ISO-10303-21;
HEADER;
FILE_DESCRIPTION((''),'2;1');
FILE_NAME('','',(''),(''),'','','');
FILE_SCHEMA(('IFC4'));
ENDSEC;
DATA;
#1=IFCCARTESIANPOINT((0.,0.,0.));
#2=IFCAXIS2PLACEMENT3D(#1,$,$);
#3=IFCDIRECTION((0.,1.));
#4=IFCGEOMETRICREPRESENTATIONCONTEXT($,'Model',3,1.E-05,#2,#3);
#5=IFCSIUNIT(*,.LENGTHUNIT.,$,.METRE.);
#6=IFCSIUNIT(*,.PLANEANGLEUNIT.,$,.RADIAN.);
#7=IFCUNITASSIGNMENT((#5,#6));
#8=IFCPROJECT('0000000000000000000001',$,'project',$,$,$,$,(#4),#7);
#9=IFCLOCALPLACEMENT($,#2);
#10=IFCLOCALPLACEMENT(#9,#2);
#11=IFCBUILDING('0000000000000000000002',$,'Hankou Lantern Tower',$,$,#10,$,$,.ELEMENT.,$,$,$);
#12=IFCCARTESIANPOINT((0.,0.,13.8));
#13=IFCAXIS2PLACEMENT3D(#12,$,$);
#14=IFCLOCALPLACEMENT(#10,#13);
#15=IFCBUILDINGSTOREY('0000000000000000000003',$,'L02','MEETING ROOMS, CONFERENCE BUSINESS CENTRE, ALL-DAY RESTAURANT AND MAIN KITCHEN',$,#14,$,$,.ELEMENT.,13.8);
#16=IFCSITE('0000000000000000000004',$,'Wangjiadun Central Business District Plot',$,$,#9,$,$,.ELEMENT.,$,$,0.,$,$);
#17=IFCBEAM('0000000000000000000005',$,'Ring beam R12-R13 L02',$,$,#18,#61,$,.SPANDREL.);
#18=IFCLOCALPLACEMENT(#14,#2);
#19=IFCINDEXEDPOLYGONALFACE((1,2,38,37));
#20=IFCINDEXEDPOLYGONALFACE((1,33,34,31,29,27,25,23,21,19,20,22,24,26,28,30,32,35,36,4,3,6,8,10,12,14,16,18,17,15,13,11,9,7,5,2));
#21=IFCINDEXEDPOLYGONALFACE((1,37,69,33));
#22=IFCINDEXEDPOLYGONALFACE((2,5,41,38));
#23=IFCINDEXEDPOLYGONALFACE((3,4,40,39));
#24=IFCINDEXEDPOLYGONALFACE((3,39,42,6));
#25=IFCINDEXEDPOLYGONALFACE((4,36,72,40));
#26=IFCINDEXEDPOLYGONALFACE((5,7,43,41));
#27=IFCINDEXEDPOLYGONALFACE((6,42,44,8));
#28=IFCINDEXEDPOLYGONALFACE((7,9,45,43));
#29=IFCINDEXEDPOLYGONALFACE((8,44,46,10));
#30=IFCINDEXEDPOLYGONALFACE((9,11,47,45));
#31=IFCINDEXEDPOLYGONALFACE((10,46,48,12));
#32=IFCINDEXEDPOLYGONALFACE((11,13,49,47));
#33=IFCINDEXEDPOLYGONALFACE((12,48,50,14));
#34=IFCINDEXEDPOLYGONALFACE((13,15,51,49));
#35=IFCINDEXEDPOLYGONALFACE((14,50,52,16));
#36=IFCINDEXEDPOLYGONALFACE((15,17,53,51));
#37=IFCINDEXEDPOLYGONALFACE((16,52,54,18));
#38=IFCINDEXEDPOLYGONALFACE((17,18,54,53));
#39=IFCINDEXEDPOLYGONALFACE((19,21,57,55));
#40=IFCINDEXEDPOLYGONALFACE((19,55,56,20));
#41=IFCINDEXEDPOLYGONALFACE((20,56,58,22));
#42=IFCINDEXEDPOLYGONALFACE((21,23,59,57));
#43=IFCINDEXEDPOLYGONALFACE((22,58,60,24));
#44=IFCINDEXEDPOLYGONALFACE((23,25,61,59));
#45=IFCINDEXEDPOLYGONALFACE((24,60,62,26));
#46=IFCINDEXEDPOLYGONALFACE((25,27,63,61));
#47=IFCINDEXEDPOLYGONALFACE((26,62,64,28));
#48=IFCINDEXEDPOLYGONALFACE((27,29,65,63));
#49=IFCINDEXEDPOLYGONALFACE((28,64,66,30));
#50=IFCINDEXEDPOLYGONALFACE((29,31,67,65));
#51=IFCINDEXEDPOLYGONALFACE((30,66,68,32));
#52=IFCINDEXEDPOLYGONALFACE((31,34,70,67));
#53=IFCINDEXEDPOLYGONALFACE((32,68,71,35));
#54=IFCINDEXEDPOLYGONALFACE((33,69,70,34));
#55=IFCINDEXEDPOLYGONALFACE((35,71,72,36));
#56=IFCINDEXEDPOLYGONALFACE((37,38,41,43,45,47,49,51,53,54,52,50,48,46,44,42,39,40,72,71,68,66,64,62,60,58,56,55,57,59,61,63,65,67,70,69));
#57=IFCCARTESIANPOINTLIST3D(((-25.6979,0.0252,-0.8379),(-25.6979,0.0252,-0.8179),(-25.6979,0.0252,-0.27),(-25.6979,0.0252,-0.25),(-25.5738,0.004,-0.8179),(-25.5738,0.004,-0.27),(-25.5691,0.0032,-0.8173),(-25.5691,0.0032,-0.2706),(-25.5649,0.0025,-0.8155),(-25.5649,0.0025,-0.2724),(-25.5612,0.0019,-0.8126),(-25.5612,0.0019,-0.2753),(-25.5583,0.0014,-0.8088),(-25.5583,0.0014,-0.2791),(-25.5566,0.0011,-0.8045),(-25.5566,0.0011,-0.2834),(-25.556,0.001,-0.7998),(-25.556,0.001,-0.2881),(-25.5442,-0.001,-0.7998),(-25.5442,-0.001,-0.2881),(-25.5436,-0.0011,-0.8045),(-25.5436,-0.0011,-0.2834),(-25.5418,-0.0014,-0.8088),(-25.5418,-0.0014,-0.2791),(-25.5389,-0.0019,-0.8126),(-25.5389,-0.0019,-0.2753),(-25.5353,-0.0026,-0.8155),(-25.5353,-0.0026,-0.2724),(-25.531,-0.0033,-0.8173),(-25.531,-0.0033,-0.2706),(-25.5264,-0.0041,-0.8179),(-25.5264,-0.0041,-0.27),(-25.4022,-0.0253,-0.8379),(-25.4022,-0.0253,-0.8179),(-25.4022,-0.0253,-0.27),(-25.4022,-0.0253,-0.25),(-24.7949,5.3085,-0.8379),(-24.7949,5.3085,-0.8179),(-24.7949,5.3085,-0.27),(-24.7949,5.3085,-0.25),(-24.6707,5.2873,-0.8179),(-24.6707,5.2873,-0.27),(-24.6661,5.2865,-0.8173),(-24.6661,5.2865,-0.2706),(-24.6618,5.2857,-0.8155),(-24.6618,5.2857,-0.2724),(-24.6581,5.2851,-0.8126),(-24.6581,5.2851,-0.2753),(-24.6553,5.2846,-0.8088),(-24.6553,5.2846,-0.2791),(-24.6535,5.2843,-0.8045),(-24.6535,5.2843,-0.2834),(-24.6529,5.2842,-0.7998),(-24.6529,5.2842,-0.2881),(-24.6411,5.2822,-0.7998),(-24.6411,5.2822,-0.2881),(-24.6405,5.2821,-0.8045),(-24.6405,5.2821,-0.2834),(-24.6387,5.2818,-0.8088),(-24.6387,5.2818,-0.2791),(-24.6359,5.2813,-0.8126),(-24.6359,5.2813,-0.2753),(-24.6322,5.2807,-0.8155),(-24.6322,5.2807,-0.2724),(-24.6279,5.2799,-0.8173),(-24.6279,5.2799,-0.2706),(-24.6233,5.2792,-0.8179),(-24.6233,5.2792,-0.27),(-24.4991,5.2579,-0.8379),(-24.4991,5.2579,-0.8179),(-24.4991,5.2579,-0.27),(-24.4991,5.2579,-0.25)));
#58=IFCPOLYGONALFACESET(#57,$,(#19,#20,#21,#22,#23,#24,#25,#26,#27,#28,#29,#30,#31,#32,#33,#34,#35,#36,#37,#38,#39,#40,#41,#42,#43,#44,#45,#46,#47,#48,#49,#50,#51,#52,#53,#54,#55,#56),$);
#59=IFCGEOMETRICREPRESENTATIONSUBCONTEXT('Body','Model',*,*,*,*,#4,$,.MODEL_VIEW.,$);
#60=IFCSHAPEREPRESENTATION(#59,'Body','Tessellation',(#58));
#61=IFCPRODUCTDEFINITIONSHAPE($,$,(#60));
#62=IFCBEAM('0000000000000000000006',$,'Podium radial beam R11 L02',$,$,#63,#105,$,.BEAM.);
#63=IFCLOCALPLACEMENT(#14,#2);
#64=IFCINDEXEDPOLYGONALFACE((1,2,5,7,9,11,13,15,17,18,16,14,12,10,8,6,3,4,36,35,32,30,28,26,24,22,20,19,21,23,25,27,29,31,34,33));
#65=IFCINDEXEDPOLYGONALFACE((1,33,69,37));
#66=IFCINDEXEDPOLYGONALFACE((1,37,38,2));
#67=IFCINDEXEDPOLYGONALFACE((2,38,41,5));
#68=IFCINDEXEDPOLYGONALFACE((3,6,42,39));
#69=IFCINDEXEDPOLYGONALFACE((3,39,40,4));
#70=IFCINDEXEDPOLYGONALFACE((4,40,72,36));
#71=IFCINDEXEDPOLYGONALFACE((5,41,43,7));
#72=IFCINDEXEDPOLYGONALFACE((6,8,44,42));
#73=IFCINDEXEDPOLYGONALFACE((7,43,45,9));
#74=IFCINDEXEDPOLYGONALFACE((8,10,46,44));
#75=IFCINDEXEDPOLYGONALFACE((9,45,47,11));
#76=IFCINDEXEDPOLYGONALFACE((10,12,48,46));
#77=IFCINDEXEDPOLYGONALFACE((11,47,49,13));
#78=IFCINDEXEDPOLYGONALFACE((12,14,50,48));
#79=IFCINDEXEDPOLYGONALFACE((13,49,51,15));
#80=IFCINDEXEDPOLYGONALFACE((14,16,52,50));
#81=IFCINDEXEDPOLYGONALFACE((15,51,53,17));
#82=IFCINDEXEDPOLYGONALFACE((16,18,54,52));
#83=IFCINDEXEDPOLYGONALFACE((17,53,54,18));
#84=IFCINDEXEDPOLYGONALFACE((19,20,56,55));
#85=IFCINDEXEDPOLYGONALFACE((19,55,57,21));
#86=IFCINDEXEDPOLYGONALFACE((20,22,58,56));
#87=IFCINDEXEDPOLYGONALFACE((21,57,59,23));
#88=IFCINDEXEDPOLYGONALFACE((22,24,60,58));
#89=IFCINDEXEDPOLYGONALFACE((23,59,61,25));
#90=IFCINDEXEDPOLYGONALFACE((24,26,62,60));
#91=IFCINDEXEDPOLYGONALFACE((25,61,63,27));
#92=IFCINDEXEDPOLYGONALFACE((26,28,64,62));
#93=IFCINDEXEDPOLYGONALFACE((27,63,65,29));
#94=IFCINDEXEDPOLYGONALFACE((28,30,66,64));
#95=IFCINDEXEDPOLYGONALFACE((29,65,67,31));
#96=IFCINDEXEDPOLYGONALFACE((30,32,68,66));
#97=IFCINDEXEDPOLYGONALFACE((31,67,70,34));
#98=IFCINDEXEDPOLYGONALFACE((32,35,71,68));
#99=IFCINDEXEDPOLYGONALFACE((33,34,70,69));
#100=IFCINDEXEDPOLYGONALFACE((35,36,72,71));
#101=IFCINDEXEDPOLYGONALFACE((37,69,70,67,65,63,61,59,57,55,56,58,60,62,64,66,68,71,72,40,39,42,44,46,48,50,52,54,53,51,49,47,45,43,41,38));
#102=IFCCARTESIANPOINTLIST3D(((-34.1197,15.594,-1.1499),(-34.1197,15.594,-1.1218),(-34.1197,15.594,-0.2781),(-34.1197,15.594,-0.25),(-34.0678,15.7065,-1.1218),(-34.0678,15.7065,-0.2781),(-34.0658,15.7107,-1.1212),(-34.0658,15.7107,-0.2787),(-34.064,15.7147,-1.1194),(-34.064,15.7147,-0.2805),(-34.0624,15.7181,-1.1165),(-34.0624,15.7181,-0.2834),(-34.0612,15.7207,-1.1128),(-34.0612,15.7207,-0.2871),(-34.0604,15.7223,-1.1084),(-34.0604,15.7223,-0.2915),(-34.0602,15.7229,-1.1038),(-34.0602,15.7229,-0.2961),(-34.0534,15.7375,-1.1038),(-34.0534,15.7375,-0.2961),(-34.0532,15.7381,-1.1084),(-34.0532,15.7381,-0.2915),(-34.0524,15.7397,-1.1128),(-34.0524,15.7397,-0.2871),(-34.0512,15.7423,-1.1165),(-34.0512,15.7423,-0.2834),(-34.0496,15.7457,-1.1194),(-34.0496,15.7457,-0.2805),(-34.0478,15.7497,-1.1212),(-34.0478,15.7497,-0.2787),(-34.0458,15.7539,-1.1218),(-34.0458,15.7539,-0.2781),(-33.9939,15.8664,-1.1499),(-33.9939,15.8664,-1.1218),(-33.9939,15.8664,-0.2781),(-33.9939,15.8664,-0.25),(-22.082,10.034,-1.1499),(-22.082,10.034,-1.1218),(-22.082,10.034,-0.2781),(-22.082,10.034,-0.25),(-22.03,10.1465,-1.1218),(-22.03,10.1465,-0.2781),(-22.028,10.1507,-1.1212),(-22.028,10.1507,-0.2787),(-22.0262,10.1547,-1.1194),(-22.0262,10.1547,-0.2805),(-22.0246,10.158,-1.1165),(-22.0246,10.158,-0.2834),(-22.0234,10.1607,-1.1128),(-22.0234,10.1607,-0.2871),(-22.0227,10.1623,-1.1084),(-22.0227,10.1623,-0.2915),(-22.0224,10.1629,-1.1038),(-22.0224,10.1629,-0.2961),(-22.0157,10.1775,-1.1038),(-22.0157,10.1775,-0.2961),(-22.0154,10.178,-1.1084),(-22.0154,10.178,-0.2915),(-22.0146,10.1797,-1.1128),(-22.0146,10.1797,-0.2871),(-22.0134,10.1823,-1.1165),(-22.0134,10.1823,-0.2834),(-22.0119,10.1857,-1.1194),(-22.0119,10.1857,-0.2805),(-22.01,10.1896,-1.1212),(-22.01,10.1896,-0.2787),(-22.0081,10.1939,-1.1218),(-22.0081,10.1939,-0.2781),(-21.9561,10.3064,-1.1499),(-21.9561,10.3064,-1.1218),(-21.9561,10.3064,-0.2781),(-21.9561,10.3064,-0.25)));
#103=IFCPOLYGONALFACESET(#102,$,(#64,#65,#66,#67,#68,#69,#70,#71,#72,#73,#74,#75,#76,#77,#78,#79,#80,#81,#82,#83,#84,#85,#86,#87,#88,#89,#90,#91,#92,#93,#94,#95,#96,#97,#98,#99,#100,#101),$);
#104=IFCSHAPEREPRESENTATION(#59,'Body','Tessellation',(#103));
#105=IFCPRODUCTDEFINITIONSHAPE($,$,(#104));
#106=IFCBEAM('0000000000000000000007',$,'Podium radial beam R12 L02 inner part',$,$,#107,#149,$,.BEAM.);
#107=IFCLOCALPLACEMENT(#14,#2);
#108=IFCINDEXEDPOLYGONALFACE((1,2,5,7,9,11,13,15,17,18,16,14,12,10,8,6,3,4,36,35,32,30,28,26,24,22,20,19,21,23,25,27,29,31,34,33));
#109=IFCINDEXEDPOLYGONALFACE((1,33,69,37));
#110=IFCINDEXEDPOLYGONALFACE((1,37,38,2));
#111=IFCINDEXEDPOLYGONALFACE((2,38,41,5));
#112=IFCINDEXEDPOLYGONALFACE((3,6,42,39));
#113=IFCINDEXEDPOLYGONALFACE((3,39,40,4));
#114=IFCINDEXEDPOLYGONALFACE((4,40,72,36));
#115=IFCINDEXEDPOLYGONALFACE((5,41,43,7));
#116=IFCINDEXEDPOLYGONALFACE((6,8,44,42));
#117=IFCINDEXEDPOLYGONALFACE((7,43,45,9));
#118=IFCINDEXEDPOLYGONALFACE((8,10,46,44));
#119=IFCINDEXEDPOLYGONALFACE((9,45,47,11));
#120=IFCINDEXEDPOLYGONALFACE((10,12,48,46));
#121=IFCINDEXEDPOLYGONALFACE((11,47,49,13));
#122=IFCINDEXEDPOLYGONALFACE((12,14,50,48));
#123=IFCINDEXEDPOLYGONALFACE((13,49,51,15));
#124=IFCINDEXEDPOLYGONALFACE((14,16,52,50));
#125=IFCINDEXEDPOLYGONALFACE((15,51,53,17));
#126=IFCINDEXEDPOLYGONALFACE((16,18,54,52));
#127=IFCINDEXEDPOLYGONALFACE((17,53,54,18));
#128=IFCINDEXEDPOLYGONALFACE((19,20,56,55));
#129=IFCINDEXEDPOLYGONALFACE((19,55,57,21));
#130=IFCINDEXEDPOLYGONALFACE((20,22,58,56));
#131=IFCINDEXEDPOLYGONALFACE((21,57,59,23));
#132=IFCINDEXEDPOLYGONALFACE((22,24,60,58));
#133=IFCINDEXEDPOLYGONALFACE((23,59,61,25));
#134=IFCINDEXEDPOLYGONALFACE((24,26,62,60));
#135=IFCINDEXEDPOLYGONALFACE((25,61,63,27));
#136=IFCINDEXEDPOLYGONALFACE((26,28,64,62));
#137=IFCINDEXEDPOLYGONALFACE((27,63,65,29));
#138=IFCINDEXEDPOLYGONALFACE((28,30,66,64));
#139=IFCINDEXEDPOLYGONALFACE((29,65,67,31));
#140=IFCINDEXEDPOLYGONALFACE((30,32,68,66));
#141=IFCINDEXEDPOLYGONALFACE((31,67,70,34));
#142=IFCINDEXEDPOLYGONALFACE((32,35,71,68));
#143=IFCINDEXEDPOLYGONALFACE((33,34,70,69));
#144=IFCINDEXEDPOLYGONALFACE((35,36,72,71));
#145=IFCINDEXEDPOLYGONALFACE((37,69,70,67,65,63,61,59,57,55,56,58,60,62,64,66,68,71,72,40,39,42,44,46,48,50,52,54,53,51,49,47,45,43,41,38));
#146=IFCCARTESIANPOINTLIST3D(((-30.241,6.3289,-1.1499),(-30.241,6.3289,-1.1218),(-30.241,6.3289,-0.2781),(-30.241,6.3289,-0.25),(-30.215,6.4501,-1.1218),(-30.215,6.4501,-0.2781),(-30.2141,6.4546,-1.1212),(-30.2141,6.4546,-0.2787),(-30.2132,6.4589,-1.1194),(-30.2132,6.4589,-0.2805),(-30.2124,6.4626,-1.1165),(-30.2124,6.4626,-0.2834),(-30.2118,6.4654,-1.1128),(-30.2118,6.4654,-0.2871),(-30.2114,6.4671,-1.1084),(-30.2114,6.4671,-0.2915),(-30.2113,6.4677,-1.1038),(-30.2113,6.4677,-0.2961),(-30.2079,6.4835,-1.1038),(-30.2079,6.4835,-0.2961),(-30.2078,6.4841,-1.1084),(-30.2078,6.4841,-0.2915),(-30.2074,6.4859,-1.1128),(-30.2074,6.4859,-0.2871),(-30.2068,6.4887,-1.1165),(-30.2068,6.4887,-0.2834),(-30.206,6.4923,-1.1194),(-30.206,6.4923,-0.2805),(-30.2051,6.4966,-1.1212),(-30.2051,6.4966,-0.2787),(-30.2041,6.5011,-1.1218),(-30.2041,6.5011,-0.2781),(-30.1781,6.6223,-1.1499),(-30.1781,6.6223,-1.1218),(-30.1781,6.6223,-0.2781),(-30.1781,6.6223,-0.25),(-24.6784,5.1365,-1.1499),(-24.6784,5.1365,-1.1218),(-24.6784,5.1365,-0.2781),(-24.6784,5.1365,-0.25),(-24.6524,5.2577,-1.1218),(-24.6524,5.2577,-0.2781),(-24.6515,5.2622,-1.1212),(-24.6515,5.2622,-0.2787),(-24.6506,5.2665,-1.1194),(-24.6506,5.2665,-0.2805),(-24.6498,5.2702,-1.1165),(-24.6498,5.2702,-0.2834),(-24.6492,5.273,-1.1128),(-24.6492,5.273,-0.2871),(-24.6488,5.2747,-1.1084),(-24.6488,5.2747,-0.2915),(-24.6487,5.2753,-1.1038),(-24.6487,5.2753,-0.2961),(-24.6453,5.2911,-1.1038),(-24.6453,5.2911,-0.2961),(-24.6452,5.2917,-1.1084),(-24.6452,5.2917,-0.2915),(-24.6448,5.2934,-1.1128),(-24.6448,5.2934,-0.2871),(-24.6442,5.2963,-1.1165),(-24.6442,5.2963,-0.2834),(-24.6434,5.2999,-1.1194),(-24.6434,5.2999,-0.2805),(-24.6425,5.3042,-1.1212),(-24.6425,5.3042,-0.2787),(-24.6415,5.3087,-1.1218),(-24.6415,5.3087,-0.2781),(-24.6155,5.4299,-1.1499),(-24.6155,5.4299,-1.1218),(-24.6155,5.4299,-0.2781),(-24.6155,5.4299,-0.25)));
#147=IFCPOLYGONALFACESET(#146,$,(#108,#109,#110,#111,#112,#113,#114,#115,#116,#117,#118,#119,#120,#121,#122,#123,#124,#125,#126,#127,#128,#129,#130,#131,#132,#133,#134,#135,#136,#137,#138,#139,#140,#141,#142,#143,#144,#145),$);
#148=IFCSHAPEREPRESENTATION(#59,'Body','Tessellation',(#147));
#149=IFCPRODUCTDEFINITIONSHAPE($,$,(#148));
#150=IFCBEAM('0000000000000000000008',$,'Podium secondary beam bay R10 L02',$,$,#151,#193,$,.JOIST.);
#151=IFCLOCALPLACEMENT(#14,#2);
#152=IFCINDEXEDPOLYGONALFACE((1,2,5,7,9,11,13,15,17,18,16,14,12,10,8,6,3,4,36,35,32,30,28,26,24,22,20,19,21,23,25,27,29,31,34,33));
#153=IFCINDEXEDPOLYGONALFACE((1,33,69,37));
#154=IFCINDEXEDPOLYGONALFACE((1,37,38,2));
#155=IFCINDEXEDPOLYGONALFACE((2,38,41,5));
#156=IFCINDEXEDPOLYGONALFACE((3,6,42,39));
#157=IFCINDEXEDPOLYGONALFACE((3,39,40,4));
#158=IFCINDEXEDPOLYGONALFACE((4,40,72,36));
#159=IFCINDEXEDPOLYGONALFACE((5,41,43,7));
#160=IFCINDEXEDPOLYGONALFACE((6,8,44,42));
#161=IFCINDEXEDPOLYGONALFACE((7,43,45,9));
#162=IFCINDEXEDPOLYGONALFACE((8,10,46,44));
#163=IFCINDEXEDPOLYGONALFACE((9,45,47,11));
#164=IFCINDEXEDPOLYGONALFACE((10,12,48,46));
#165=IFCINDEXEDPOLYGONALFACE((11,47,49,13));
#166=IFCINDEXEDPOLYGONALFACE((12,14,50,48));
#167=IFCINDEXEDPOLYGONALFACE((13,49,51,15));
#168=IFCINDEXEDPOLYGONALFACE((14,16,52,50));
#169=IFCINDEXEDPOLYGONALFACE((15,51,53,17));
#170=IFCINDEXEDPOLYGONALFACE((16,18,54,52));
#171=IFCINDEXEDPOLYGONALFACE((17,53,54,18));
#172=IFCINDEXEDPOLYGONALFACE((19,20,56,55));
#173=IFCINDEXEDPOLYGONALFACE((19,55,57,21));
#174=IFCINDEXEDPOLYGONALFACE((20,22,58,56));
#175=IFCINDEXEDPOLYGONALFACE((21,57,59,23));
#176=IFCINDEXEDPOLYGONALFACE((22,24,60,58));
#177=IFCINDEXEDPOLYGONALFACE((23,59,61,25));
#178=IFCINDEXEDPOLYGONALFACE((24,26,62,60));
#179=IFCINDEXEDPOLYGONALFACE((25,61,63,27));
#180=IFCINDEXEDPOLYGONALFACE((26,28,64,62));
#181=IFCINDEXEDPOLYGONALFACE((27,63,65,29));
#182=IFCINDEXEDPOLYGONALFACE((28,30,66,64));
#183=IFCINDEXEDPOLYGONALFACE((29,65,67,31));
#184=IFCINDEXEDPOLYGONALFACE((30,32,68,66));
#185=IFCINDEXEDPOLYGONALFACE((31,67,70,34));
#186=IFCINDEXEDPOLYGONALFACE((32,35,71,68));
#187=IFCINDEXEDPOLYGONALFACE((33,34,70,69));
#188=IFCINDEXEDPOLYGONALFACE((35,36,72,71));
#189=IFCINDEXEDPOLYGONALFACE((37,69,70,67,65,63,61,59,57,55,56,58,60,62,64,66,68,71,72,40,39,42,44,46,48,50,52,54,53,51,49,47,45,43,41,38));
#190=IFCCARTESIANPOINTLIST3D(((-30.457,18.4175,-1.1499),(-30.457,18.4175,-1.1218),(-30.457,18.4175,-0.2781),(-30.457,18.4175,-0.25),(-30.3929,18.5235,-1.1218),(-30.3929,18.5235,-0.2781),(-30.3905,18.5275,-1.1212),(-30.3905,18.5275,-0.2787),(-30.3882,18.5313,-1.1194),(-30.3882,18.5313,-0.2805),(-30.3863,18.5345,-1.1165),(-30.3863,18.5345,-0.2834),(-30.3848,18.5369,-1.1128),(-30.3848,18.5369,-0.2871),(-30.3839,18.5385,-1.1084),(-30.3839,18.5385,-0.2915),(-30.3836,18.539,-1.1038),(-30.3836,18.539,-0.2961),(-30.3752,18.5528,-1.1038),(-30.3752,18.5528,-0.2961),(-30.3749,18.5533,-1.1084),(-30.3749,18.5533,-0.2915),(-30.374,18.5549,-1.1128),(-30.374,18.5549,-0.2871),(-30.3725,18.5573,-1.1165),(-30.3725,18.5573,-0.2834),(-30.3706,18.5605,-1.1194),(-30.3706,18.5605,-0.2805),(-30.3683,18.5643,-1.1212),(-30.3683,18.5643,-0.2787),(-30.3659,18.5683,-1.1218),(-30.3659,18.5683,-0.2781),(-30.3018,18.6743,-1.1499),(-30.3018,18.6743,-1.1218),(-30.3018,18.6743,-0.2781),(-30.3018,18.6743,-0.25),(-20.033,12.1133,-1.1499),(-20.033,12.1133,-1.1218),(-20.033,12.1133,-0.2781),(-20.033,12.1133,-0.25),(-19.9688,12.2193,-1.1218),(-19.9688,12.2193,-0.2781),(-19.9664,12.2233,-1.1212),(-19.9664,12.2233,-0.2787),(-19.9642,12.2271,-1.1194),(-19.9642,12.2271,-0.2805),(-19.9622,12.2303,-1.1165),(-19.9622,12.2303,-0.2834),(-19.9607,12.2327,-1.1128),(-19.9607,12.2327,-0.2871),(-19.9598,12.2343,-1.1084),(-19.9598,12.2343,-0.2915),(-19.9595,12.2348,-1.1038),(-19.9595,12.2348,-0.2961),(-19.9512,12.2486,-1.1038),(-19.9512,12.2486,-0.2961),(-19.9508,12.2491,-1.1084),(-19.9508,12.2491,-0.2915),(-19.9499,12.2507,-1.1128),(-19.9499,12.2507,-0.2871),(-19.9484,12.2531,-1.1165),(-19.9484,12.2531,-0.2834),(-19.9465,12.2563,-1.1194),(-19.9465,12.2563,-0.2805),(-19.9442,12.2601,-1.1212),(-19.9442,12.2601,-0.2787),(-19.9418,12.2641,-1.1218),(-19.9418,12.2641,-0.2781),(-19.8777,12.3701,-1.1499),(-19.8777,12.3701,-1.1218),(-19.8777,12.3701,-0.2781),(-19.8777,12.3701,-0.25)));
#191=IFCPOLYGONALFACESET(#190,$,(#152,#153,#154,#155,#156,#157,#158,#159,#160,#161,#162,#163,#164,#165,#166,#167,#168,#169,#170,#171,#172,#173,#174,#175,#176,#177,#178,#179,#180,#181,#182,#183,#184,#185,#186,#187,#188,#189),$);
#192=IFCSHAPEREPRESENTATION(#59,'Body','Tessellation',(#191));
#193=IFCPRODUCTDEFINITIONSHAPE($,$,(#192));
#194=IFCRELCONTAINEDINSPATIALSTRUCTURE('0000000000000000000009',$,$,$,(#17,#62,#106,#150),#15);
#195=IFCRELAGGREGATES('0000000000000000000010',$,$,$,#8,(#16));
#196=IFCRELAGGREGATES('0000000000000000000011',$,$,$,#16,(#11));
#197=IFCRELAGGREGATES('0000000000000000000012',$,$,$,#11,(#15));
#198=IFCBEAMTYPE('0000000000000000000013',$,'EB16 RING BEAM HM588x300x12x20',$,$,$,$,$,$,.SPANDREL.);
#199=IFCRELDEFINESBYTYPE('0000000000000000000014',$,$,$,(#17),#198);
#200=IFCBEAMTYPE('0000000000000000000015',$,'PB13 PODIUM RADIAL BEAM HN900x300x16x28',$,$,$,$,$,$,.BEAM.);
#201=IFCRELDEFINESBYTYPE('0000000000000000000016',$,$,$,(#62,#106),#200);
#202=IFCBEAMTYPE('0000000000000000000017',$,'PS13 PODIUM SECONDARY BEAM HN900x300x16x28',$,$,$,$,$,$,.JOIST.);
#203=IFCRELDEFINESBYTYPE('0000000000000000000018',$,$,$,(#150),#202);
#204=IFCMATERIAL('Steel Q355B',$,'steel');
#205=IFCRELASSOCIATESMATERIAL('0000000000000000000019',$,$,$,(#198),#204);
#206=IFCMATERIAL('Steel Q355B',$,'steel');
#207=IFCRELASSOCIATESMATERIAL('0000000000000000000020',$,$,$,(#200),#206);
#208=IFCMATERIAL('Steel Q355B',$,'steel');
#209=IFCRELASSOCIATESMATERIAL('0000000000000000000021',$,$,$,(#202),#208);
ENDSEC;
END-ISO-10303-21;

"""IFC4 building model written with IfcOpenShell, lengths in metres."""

from ifc_helpers import new_model, si_unit, direction, frame, origin, origin_2d, place, context, subcontext, project, spatial, i_section, extrude, material, material_profile, profile_set, type_object, element, save


model = new_model("IFC4")

# Units and contexts
model_context = context("Model", 3, precision=1e-05, world=origin(), true_north=direction((0.0, 1.0)))
body_context = subcontext(model_context, "Body", "Model", "MODEL_VIEW")
ifc_project = project(units=[si_unit("LENGTHUNIT", "METRE"), si_unit("PLANEANGLEUNIT", "RADIAN")], contexts=[model_context])

# Site, building, storey
site_placement = place(None, origin())
site = spatial("IfcSite", under=ifc_project, at=site_placement, Name="Wangjiadun Central Business District Plot", CompositionType="ELEMENT", RefElevation=0.0)
building_placement = place(site_placement, origin())
building = spatial("IfcBuilding", under=site, at=building_placement, Name="Hankou Lantern Tower", CompositionType="ELEMENT")
storey_placement = place(building_placement, frame((0.0, 0.0, 13.8)))
storey = spatial("IfcBuildingStorey", under=building, at=storey_placement, Name="L02", Description="MEETING ROOMS, CONFERENCE BUSINESS CENTRE, ALL-DAY RESTAURANT AND MAIN KITCHEN", CompositionType="ELEMENT", Elevation=13.8)

# Beams
ifc_material_1 = material(Name="Steel Q355B", Category="steel")
ifc_material_profile_1 = material_profile(ifc_material_1, i_section(OverallWidth=0.3, OverallDepth=0.5879, WebThickness=0.012, FlangeThickness=0.02, FilletRadius=0.0181, at=origin_2d()), Name="HM588x300x12x20")
ifc_profile_set_1 = profile_set([ifc_material_profile_1], Name="Steel Q355B")
beam_type_1 = type_object("IfcBeamType", Name="EB16 RING BEAM HM588x300x12x20", PredefinedType="SPANDREL", material=ifc_profile_set_1)
beam_1_placement = place(storey_placement, frame((-24.647, 5.2832, -0.5439), z_axis=(-0.16849, -0.985703, 0.0), x_axis=(0.985703, -0.16849, 0.0)))
element("IfcBeam", 1, at=beam_1_placement, inside=storey, type_object=beam_type_1, Name="Ring beam R12-R13 L02", PredefinedType="SPANDREL", context=body_context, shape_type="SweptSolid", body=[
    extrude(i_section(OverallWidth=0.3, OverallDepth=0.5879, WebThickness=0.012, FlangeThickness=0.02, FilletRadius=0.0181, at=origin_2d()), origin(), (0.0, 0.0, 1.0), 5.3599),
])
ifc_material_2 = material(Name="Steel Q355B", Category="steel")
ifc_material_profile_2 = material_profile(ifc_material_2, i_section(OverallWidth=0.3, OverallDepth=0.8999, WebThickness=0.0161, FlangeThickness=0.0281, FilletRadius=0.0181, at=origin_2d()), Name="HN900x300x16x28")
ifc_profile_set_2 = profile_set([ifc_material_profile_2], Name="Steel Q355B")
beam_type_2 = type_object("IfcBeamType", Name="PB13 PODIUM RADIAL BEAM HN900x300x16x28", PredefinedType="BEAM", material=ifc_profile_set_2)
beam_2_placement = place(storey_placement, frame((-22.019, 10.1702, -0.7), z_axis=(-0.907841, 0.419315, 0.0), x_axis=(-0.419315, -0.907841, 0.0)))
element("IfcBeam", 2, at=beam_2_placement, inside=storey, type_object=beam_type_2, Name="Podium radial beam R11 L02", PredefinedType="BEAM", context=body_context, shape_type="SweptSolid", body=[
    extrude(i_section(OverallWidth=0.3, OverallDepth=0.8999, WebThickness=0.0161, FlangeThickness=0.0281, FilletRadius=0.0181, at=origin_2d()), origin(), (0.0, 0.0, 1.0), 13.2598),
])
beam_3_placement = place(storey_placement, frame((-24.647, 5.2832, -0.7), z_axis=(-0.977787, 0.209599, 0.0), x_axis=(-0.209599, -0.977787, 0.0)))
element("IfcBeam", 3, at=beam_3_placement, inside=storey, type_object=beam_type_2, Name="Podium radial beam R12 L02 inner part", PredefinedType="BEAM", context=body_context, shape_type="SweptSolid", body=[
    extrude(i_section(OverallWidth=0.3, OverallDepth=0.8999, WebThickness=0.0161, FlangeThickness=0.0281, FilletRadius=0.0181, at=origin_2d()), origin(), (0.0, 0.0, 1.0), 5.689),
])
ifc_material_3 = material(Name="Steel Q355B", Category="steel")
ifc_material_profile_3 = material_profile(ifc_material_3, i_section(OverallWidth=0.3, OverallDepth=0.8999, WebThickness=0.0161, FlangeThickness=0.0281, FilletRadius=0.0181, at=origin_2d()), Name="HN900x300x16x28")
ifc_profile_set_3 = profile_set([ifc_material_profile_3], Name="Steel Q355B")
beam_type_3 = type_object("IfcBeamType", Name="PS13 PODIUM SECONDARY BEAM HN900x300x16x28", PredefinedType="JOIST", material=ifc_profile_set_3)
beam_4_placement = place(storey_placement, frame((-19.9553, 12.2417, -0.7), z_axis=(-0.855686, 0.517496, 0.0), x_axis=(-0.517496, -0.855686, 0.0)))
element("IfcBeam", 4, at=beam_4_placement, inside=storey, type_object=beam_type_3, Name="Podium secondary beam bay R10 L02", PredefinedType="JOIST", context=body_context, shape_type="SweptSolid", body=[
    extrude(i_section(OverallWidth=0.3, OverallDepth=0.8999, WebThickness=0.0161, FlangeThickness=0.0281, FilletRadius=0.0181, at=origin_2d()), origin(), (0.0, 0.0, 1.0), 12.1821),
])

save(model, "model.ifc")
